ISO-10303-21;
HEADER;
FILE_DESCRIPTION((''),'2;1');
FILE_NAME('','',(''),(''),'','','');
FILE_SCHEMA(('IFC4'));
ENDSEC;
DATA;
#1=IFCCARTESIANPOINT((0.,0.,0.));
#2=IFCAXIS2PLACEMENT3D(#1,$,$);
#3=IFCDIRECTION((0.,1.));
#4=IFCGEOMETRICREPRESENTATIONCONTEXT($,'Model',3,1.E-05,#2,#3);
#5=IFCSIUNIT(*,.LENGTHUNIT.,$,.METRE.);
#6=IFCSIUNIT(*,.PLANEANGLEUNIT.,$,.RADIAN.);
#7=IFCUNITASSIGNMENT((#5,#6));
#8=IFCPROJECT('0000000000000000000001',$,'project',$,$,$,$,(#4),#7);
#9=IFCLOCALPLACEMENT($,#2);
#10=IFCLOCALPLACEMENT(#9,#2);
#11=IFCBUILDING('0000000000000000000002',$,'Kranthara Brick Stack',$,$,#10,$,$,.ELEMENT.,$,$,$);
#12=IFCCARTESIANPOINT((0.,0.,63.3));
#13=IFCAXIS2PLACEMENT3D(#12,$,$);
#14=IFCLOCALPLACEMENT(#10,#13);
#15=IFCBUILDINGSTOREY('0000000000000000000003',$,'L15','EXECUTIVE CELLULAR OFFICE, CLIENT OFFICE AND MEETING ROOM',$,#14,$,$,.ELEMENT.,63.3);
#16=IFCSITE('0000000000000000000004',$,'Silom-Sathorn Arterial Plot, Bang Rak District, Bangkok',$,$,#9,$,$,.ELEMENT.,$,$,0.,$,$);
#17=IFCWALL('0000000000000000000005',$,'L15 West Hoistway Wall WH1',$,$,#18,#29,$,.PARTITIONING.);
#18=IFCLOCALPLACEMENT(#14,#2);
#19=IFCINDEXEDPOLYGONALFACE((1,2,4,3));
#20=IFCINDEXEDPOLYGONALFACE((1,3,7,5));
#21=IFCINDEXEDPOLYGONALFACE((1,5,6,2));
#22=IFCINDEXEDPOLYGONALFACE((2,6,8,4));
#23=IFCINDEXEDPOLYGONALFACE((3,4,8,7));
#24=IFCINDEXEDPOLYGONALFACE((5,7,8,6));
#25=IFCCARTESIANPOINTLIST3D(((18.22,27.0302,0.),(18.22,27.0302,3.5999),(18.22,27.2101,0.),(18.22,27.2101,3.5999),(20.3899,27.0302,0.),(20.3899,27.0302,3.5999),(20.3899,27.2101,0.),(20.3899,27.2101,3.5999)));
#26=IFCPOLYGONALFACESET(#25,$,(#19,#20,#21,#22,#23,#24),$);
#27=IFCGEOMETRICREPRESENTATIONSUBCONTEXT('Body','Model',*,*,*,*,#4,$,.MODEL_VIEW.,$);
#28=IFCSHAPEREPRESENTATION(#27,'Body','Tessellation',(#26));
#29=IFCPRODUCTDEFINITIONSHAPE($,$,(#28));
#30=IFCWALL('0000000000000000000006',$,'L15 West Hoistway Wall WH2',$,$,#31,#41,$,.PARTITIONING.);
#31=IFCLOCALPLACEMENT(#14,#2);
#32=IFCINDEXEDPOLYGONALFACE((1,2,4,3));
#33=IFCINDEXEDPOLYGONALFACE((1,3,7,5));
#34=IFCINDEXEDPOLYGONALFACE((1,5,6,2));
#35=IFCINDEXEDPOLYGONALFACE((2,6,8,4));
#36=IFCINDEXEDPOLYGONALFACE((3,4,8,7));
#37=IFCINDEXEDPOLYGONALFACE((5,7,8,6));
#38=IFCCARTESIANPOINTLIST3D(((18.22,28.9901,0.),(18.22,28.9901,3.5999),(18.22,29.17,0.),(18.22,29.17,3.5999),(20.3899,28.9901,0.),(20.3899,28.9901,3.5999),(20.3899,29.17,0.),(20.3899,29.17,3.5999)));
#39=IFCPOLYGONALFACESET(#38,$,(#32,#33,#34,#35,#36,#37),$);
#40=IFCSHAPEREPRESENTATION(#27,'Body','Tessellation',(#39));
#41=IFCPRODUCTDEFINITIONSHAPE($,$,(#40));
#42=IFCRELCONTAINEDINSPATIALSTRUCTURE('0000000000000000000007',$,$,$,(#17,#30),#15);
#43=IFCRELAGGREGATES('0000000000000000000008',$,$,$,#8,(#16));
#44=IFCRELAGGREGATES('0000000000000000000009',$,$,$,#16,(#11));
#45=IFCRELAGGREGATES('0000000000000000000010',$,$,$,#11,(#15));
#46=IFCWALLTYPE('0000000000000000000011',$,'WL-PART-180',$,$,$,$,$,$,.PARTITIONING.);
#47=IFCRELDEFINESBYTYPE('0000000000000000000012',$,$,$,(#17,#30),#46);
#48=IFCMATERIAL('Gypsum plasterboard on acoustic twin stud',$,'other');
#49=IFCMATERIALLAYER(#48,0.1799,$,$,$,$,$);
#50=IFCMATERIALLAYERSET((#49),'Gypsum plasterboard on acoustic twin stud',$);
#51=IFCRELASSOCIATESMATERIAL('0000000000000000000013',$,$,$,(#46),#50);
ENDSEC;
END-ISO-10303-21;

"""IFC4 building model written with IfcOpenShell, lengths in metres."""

from ifc_helpers import new_model, si_unit, direction, frame, frame_2d, origin, place, context, subcontext, project, spatial, rectangle, extrude, material, layer, layer_set, type_object, element, save


model = new_model("IFC4")

# Units and contexts
model_context = context("Model", 3, precision=1e-05, world=origin(), true_north=direction((0.0, 1.0)))
body_context = subcontext(model_context, "Body", "Model", "MODEL_VIEW")
ifc_project = project(units=[si_unit("LENGTHUNIT", "METRE"), si_unit("PLANEANGLEUNIT", "RADIAN")], contexts=[model_context])

# Site, building, storey
site_placement = place(None, origin())
site = spatial("IfcSite", under=ifc_project, at=site_placement, Name="Silom-Sathorn Arterial Plot, Bang Rak District, Bangkok", CompositionType="ELEMENT", RefElevation=0.0)
building_placement = place(site_placement, origin())
building = spatial("IfcBuilding", under=site, at=building_placement, Name="Kranthara Brick Stack", CompositionType="ELEMENT")
storey_placement = place(building_placement, frame((0.0, 0.0, 63.3)))
storey = spatial("IfcBuildingStorey", under=building, at=storey_placement, Name="L15", Description="EXECUTIVE CELLULAR OFFICE, CLIENT OFFICE AND MEETING ROOM", CompositionType="ELEMENT", Elevation=63.3)

# Walls
ifc_material_1 = material(Name="Gypsum plasterboard on acoustic twin stud", Category="other")
ifc_layer_1 = layer(ifc_material_1, 0.1799)
ifc_layer_set_1 = layer_set([ifc_layer_1], Name="Gypsum plasterboard on acoustic twin stud")
wall_type_1 = type_object("IfcWallType", Name="WL-PART-180", PredefinedType="PARTITIONING", material=ifc_layer_set_1)
for number, where, z_axis, x_axis, name in (
    (1, (18.22, 27.1201, 0.0), (0.0, 0.0, 1.0), (1.0, 0.0, 0.0), "L15 West Hoistway Wall WH1"),
    (2, (18.22, 29.0801, 0.0), (0.0, 0.0, 1.0), (1.0, 0.0, 0.0), "L15 West Hoistway Wall WH2"),
):
    element("IfcWall", number, at=place(storey_placement, frame(where, z_axis=z_axis, x_axis=x_axis)), inside=storey, type_object=wall_type_1, Name=name, PredefinedType="PARTITIONING", context=body_context, shape_type="SweptSolid", body=[
        extrude(rectangle(XDim=2.1699, YDim=0.1799, at=frame_2d((1.085, 0.0))), origin(), (0.0, 0.0, 1.0), 3.5999),
    ])

save(model, "model.ifc")
